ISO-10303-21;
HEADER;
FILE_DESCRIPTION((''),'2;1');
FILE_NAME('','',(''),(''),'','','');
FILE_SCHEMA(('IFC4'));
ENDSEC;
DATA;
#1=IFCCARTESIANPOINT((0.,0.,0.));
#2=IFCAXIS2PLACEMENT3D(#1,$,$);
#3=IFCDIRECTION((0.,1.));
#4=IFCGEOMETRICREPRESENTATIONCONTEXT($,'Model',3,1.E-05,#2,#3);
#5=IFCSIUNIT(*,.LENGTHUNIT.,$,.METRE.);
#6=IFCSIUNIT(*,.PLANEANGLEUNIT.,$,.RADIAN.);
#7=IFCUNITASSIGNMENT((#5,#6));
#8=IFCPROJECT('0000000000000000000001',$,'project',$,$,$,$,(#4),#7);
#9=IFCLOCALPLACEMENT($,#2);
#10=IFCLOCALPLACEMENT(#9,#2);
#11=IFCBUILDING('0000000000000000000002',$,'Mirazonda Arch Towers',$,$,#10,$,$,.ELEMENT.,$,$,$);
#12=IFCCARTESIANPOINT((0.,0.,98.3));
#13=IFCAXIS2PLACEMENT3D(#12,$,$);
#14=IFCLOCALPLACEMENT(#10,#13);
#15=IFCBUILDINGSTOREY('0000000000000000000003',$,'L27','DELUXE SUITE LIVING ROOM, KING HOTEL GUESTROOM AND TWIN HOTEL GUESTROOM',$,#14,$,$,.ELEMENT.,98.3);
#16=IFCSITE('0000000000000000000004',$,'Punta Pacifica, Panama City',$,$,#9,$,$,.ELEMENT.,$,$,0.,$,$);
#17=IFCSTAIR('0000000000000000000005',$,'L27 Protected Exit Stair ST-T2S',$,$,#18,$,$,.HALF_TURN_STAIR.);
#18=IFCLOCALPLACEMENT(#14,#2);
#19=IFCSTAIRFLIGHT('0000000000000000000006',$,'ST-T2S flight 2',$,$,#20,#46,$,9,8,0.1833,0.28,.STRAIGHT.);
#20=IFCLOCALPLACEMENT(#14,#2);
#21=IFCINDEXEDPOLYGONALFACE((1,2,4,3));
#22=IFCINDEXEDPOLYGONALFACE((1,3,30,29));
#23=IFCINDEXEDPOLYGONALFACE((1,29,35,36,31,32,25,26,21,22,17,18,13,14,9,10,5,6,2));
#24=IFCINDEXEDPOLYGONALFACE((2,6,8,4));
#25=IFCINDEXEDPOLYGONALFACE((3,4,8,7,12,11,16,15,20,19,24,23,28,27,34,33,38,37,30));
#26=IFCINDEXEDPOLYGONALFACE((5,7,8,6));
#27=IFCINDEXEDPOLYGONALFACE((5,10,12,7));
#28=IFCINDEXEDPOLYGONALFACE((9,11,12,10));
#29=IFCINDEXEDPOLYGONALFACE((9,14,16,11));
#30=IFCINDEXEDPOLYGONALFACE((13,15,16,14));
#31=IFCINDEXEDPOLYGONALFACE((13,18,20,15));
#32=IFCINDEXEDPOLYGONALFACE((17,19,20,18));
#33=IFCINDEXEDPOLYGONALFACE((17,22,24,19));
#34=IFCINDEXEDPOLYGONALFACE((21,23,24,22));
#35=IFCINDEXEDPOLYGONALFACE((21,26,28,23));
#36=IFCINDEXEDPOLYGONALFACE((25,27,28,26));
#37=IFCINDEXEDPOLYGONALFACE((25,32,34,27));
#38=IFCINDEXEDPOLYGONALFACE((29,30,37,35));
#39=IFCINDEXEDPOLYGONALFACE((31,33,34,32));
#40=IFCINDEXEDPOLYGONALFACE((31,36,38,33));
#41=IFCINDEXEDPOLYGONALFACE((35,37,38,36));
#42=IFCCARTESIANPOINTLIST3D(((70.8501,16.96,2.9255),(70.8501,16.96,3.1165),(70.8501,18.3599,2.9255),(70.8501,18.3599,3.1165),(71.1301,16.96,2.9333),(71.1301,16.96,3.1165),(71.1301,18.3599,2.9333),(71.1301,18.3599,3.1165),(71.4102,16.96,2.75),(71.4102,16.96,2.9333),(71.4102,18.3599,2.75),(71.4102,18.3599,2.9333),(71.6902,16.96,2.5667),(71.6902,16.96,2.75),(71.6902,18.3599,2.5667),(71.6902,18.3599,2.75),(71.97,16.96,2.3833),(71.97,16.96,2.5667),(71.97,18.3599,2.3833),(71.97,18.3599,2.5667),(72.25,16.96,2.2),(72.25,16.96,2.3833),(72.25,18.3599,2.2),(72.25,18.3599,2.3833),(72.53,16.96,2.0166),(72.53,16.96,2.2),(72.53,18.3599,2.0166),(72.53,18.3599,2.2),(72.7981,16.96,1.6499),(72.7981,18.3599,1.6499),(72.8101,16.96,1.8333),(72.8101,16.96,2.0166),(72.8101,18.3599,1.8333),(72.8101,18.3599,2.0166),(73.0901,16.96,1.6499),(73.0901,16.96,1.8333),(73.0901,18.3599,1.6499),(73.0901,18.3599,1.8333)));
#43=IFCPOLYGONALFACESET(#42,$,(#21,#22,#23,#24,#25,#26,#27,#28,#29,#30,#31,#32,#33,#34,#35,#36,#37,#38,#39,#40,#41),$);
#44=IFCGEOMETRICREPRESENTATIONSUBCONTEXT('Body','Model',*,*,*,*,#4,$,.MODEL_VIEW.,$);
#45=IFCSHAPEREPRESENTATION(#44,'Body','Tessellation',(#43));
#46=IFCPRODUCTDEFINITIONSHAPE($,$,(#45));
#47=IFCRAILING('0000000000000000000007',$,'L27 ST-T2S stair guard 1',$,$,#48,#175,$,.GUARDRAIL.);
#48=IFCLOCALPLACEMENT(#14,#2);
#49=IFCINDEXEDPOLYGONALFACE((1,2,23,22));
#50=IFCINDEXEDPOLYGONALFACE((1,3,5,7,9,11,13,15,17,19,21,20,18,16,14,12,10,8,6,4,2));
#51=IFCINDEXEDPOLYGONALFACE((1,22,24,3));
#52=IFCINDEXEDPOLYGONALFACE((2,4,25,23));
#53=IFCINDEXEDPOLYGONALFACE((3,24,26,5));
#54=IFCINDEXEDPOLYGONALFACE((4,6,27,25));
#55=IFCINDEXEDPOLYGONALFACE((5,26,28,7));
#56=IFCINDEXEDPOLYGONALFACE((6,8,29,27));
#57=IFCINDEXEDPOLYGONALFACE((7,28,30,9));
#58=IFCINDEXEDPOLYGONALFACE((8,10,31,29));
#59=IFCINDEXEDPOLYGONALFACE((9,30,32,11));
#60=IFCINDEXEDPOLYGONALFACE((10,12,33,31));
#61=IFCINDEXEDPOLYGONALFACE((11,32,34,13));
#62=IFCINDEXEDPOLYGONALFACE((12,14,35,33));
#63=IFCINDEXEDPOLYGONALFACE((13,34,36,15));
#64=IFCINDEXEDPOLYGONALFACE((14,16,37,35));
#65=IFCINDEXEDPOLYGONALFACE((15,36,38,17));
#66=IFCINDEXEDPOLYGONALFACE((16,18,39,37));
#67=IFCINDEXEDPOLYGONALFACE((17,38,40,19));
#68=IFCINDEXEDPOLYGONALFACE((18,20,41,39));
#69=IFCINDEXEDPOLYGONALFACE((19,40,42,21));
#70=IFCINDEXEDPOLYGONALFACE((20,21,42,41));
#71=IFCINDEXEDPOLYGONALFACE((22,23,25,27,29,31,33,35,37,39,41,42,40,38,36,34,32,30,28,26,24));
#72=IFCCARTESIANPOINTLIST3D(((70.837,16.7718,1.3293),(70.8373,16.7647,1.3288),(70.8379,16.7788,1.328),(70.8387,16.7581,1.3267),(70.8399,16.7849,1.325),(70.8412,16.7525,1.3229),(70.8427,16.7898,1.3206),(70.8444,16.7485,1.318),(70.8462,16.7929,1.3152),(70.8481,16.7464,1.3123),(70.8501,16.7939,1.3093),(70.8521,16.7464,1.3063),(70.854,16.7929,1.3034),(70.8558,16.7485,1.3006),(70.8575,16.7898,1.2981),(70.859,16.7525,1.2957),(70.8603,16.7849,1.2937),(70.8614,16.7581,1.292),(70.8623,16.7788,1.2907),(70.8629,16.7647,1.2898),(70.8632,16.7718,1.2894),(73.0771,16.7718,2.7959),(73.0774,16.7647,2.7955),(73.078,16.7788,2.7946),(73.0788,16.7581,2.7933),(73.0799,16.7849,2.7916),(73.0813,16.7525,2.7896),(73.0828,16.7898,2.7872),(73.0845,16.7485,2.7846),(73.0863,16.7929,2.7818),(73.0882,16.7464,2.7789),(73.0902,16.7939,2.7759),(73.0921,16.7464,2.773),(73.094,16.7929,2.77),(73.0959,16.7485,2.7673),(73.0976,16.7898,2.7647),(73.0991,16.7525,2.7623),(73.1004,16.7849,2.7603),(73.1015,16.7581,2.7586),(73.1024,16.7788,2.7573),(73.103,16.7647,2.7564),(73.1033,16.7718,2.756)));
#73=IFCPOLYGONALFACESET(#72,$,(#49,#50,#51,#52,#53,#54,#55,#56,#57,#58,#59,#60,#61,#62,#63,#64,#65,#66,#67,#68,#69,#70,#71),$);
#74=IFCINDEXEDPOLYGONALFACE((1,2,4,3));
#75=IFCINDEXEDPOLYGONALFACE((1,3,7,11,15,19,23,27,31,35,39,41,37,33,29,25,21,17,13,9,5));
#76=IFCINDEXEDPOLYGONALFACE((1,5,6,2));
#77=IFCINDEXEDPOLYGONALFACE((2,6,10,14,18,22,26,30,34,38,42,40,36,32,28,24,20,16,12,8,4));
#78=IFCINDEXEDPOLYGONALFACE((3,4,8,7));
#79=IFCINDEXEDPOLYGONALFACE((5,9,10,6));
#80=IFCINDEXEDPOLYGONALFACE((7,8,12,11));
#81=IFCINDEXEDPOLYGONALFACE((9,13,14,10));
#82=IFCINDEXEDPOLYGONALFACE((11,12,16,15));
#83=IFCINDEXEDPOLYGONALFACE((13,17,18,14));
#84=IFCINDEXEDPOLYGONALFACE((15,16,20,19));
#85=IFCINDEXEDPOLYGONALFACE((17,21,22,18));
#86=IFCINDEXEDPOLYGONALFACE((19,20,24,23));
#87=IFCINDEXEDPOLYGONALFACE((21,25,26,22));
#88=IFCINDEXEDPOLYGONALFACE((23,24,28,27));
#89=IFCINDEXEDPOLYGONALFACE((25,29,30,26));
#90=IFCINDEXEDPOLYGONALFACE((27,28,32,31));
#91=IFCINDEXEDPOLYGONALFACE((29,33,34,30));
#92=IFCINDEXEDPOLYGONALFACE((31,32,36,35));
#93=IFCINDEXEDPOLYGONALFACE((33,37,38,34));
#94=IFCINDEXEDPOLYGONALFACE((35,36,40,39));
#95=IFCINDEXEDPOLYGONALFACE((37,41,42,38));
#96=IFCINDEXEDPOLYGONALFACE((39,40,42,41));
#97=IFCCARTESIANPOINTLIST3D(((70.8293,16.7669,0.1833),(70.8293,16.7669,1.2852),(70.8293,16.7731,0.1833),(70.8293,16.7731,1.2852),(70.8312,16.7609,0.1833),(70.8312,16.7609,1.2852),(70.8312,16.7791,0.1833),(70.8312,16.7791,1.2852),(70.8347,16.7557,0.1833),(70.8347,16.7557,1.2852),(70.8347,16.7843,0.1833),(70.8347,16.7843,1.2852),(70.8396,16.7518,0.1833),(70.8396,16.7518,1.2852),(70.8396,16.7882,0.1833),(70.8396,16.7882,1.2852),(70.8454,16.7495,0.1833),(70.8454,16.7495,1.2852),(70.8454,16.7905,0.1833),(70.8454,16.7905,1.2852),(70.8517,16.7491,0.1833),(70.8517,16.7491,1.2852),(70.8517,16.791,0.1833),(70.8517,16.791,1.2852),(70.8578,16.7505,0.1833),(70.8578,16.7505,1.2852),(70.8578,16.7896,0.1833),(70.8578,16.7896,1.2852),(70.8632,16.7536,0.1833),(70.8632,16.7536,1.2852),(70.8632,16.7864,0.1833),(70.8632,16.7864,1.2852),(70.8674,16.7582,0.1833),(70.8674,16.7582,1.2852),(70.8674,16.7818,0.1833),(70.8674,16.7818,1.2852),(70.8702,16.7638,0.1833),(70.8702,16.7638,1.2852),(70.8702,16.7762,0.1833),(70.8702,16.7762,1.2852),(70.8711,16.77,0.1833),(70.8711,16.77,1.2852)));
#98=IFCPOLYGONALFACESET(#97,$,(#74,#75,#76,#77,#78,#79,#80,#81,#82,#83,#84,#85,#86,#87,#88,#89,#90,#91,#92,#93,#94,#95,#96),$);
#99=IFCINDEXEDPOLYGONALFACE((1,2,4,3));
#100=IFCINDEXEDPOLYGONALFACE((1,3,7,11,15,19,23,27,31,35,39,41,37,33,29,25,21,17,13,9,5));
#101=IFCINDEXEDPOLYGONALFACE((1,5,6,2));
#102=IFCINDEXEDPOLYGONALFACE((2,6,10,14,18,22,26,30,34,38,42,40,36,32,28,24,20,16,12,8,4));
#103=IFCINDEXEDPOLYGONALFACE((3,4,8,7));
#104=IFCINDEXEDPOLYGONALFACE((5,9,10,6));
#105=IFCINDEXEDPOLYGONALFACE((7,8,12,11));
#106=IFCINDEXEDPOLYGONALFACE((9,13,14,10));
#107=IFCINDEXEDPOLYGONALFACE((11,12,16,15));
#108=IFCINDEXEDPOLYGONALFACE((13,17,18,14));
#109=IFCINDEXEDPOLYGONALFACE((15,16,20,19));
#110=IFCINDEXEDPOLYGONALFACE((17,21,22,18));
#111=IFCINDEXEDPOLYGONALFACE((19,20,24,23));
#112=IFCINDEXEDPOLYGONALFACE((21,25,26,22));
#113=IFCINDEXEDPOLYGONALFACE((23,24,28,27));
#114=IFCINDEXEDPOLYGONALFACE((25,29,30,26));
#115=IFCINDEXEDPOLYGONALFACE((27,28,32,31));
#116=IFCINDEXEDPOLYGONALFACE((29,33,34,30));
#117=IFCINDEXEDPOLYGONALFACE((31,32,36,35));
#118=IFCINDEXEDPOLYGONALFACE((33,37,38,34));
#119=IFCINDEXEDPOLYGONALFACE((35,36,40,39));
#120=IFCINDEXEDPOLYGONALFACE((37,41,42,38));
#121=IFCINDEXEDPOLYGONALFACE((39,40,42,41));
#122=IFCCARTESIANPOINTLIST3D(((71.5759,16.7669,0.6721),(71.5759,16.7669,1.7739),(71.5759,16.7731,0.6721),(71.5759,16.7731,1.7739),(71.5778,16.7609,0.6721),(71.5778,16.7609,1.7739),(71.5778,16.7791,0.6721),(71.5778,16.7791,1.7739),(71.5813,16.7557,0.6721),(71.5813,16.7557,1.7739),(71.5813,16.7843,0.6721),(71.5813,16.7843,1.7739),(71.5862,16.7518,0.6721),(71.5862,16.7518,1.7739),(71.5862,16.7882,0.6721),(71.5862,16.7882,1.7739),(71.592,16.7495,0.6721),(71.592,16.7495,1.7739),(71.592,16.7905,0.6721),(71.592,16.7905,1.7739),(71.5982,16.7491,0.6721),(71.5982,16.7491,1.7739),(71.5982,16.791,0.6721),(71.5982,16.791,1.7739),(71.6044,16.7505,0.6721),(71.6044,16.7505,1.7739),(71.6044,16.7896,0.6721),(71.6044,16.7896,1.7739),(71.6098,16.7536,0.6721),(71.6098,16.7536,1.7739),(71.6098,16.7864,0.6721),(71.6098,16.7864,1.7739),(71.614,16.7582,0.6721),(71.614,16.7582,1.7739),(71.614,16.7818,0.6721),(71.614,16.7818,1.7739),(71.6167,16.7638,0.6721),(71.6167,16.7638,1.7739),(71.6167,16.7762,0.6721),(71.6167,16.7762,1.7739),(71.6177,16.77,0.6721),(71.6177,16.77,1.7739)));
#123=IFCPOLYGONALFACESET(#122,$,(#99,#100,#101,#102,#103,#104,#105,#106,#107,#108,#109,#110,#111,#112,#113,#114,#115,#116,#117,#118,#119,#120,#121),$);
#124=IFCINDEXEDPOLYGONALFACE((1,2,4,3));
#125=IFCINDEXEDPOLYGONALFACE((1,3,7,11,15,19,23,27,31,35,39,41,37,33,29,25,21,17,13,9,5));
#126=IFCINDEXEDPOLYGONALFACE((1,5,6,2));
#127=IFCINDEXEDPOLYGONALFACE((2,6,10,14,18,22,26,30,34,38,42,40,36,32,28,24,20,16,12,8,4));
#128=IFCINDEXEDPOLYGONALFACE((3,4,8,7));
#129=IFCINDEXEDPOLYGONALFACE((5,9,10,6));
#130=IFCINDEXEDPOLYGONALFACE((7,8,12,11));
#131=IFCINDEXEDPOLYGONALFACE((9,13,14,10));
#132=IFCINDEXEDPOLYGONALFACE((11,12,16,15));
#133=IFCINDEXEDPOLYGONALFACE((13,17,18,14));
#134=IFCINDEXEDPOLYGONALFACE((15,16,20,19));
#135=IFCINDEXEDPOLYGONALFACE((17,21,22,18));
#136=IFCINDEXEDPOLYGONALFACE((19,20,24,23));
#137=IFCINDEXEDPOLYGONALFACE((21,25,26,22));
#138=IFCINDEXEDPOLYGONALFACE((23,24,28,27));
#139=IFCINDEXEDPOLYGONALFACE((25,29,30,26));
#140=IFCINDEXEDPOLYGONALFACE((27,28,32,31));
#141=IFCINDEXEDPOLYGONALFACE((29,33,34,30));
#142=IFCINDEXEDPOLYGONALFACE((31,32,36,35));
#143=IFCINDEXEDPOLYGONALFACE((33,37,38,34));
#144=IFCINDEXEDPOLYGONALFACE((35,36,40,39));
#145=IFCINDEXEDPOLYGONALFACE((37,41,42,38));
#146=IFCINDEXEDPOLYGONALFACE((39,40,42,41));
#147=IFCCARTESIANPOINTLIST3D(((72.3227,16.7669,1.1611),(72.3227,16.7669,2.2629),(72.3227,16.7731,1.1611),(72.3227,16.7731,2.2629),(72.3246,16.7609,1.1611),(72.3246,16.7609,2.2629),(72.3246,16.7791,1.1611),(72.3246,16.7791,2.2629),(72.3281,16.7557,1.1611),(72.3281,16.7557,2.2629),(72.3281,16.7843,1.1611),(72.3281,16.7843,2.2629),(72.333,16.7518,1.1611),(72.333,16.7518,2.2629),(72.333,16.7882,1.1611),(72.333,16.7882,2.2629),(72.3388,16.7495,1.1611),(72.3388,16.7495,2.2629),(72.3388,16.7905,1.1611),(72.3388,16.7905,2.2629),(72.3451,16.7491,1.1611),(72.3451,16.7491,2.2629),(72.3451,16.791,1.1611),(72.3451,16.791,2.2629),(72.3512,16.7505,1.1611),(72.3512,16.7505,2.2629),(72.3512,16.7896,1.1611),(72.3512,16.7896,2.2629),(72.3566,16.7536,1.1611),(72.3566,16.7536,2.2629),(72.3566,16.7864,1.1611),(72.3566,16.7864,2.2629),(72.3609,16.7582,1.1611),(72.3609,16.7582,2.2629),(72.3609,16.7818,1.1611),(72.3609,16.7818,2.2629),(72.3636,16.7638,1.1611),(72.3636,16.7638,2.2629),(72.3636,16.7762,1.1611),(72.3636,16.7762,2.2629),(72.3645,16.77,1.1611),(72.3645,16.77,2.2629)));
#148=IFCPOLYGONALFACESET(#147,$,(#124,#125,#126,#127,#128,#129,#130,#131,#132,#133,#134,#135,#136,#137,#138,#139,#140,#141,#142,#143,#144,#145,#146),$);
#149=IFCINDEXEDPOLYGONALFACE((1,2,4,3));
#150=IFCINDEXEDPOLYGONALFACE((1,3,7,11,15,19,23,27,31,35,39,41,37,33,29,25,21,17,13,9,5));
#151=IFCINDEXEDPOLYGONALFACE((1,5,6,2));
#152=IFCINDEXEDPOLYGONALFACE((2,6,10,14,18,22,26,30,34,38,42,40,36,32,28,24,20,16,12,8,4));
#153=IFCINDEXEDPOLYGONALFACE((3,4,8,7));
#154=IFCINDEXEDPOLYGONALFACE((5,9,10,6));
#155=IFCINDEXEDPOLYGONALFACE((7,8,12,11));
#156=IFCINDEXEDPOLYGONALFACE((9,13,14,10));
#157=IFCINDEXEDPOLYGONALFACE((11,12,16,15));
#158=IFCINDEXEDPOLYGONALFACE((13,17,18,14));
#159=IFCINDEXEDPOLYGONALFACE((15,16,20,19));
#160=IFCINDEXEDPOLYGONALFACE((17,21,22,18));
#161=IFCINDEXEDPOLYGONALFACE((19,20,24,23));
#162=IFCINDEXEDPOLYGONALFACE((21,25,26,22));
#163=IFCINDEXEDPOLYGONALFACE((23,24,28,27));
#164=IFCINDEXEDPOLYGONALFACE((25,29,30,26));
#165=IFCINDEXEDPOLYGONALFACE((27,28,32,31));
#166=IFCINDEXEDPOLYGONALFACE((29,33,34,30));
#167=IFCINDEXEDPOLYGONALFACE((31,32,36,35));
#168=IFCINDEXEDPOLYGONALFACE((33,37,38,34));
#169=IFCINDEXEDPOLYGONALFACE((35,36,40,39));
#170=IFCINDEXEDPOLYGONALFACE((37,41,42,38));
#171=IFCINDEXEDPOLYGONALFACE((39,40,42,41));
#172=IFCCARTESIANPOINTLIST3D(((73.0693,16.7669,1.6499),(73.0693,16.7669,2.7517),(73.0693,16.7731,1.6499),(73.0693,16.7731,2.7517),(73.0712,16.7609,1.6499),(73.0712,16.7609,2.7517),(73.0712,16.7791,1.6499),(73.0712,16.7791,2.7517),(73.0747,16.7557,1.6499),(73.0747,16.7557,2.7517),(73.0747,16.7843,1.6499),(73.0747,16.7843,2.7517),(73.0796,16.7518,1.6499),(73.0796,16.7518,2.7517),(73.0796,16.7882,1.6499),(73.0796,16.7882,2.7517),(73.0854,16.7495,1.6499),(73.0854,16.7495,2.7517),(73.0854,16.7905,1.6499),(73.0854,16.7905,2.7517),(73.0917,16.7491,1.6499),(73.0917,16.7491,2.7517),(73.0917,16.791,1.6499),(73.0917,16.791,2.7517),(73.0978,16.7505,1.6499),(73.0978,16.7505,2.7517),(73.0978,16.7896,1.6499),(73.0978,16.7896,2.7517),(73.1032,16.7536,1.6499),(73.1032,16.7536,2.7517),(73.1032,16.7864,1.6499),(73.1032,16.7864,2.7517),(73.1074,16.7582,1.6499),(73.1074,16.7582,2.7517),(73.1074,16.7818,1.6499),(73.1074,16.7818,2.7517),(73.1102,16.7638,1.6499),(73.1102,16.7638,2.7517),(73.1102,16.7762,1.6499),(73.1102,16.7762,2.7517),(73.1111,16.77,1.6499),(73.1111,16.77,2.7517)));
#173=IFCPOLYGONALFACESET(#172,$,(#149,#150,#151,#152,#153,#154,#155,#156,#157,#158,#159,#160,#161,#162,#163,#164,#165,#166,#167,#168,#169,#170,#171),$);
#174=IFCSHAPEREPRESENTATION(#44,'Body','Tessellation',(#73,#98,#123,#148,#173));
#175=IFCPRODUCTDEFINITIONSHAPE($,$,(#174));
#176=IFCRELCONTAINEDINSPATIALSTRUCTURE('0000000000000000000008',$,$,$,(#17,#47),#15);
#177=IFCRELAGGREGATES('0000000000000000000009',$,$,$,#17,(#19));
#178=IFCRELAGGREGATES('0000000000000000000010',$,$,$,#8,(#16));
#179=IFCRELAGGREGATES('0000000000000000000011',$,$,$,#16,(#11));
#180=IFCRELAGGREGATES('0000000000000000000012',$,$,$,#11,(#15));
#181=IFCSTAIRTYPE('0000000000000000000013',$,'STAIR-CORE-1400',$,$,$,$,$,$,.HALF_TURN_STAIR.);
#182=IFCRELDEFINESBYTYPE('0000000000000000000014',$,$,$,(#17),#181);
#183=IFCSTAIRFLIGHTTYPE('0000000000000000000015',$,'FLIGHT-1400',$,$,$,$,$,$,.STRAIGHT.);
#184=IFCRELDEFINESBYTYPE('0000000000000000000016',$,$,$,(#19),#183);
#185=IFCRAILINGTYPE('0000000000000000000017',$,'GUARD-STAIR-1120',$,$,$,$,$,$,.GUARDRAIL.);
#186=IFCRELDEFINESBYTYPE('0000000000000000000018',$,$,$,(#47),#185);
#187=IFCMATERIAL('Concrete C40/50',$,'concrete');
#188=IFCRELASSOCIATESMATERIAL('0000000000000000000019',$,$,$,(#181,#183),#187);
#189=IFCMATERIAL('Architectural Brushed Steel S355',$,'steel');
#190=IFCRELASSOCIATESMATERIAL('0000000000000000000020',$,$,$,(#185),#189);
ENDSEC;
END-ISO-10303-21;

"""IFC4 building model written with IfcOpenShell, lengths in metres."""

from ifc_helpers import new_model, si_unit, direction, frame, origin, origin_2d, place, context, subcontext, project, spatial, polyline, circle, outline, extrude, material, type_object, element, aggregate, save


model = new_model("IFC4")

# Units and contexts
model_context = context("Model", 3, precision=1e-05, world=origin(), true_north=direction((0.0, 1.0)))
body_context = subcontext(model_context, "Body", "Model", "MODEL_VIEW")
ifc_project = project(units=[si_unit("LENGTHUNIT", "METRE"), si_unit("PLANEANGLEUNIT", "RADIAN")], contexts=[model_context])

# Site, building, storey
site_placement = place(None, origin())
site = spatial("IfcSite", under=ifc_project, at=site_placement, Name="Punta Pacifica, Panama City", CompositionType="ELEMENT", RefElevation=0.0)
building_placement = place(site_placement, origin())
building = spatial("IfcBuilding", under=site, at=building_placement, Name="Mirazonda Arch Towers", CompositionType="ELEMENT")
storey_placement = place(building_placement, frame((0.0, 0.0, 98.3)))
storey = spatial("IfcBuildingStorey", under=building, at=storey_placement, Name="L27", Description="DELUXE SUITE LIVING ROOM, KING HOTEL GUESTROOM AND TWIN HOTEL GUESTROOM", CompositionType="ELEMENT", Elevation=98.3)

# Shared definitions
ifc_material_1 = material(Name="Concrete C40/50", Category="concrete")

# Stair, stair flight
stair_type = type_object("IfcStairType", Name="STAIR-CORE-1400", PredefinedType="HALF_TURN_STAIR", material=ifc_material_1)
stair_placement = place(storey_placement, origin())
stair = element("IfcStair", 1, at=stair_placement, inside=storey, type_object=stair_type, Name="L27 Protected Exit Stair ST-T2S", PredefinedType="HALF_TURN_STAIR")
stair_flight_type = type_object("IfcStairFlightType", Name="FLIGHT-1400", PredefinedType="STRAIGHT", material=ifc_material_1)
stair_flight_placement = place(storey_placement, frame((73.0901, 17.6599, 1.6499), z_axis=(0.0, 0.0, 1.0), x_axis=(-1.0, 0.0, 0.0)))
stair_flight = element("IfcStairFlight", 2, at=stair_flight_placement, type_object=stair_flight_type, Name="ST-T2S flight 2", NumberOfRisers=9, NumberOfTreads=8, PredefinedType="STRAIGHT", RiserHeight=0.1833, TreadLength=0.28, context=body_context, shape_type="SweptSolid", body=[
    extrude(outline(polyline([(0.0, 0.0), (0.0, 0.1833), (0.28, 0.1833), (0.28, 0.3667), (0.5601, 0.3667), (0.5601, 0.55), (0.8401, 0.55), (0.8401, 0.7334), (1.1201, 0.7334), (1.1201, 0.9167), (1.3999, 0.9167), (1.3999, 1.1001), (1.6799, 1.1001), (1.6799, 1.2834), (1.96, 1.2834), (1.96, 1.4666), (2.24, 1.4666), (2.24, 1.6499), (2.24, 1.2756), (0.292, 0.0), (0.0, 0.0)])), frame((0.0, 0.7, 0.0), z_axis=(0.0, -1.0, 0.0), x_axis=(1.0, 0.0, 0.0)), (0.0, 0.0, 1.0), 1.3999),
])
aggregate(stair, [stair_flight])

# Railing
ifc_material_2 = material(Name="Architectural Brushed Steel S355", Category="steel")
railing_type_1 = type_object("IfcRailingType", Name="GUARD-STAIR-1120", PredefinedType="GUARDRAIL", material=ifc_material_2)
railing_1_placement = place(storey_placement, frame((70.8501, 16.77, 0.1833)))
element("IfcRailing", 3, at=railing_1_placement, inside=storey, type_object=railing_type_1, Name="L27 ST-T2S stair guard 1", PredefinedType="GUARDRAIL", context=body_context, shape_type="SweptSolid", body=[
    extrude(circle(Radius=0.0239, at=origin_2d()), frame((0.0, 0.0, 1.126), z_axis=(0.836637, 0.0, 0.547758), x_axis=(0.0, 1.0, 0.0)), (0.0, 0.0, 1.0), 2.6775),
    extrude(circle(Radius=0.021, at=origin_2d()), origin(), (0.0, 0.0, 1.0), 1.1018),
    extrude(circle(Radius=0.021, at=origin_2d()), frame((0.7466, 0.0, 0.4888)), (0.0, 0.0, 1.0), 1.1018),
    extrude(circle(Radius=0.021, at=origin_2d()), frame((1.4934, 0.0, 0.9778)), (0.0, 0.0, 1.0), 1.1018),
    extrude(circle(Radius=0.021, at=origin_2d()), frame((2.24, 0.0, 1.4666)), (0.0, 0.0, 1.0), 1.1018),
])

save(model, "model.ifc")
